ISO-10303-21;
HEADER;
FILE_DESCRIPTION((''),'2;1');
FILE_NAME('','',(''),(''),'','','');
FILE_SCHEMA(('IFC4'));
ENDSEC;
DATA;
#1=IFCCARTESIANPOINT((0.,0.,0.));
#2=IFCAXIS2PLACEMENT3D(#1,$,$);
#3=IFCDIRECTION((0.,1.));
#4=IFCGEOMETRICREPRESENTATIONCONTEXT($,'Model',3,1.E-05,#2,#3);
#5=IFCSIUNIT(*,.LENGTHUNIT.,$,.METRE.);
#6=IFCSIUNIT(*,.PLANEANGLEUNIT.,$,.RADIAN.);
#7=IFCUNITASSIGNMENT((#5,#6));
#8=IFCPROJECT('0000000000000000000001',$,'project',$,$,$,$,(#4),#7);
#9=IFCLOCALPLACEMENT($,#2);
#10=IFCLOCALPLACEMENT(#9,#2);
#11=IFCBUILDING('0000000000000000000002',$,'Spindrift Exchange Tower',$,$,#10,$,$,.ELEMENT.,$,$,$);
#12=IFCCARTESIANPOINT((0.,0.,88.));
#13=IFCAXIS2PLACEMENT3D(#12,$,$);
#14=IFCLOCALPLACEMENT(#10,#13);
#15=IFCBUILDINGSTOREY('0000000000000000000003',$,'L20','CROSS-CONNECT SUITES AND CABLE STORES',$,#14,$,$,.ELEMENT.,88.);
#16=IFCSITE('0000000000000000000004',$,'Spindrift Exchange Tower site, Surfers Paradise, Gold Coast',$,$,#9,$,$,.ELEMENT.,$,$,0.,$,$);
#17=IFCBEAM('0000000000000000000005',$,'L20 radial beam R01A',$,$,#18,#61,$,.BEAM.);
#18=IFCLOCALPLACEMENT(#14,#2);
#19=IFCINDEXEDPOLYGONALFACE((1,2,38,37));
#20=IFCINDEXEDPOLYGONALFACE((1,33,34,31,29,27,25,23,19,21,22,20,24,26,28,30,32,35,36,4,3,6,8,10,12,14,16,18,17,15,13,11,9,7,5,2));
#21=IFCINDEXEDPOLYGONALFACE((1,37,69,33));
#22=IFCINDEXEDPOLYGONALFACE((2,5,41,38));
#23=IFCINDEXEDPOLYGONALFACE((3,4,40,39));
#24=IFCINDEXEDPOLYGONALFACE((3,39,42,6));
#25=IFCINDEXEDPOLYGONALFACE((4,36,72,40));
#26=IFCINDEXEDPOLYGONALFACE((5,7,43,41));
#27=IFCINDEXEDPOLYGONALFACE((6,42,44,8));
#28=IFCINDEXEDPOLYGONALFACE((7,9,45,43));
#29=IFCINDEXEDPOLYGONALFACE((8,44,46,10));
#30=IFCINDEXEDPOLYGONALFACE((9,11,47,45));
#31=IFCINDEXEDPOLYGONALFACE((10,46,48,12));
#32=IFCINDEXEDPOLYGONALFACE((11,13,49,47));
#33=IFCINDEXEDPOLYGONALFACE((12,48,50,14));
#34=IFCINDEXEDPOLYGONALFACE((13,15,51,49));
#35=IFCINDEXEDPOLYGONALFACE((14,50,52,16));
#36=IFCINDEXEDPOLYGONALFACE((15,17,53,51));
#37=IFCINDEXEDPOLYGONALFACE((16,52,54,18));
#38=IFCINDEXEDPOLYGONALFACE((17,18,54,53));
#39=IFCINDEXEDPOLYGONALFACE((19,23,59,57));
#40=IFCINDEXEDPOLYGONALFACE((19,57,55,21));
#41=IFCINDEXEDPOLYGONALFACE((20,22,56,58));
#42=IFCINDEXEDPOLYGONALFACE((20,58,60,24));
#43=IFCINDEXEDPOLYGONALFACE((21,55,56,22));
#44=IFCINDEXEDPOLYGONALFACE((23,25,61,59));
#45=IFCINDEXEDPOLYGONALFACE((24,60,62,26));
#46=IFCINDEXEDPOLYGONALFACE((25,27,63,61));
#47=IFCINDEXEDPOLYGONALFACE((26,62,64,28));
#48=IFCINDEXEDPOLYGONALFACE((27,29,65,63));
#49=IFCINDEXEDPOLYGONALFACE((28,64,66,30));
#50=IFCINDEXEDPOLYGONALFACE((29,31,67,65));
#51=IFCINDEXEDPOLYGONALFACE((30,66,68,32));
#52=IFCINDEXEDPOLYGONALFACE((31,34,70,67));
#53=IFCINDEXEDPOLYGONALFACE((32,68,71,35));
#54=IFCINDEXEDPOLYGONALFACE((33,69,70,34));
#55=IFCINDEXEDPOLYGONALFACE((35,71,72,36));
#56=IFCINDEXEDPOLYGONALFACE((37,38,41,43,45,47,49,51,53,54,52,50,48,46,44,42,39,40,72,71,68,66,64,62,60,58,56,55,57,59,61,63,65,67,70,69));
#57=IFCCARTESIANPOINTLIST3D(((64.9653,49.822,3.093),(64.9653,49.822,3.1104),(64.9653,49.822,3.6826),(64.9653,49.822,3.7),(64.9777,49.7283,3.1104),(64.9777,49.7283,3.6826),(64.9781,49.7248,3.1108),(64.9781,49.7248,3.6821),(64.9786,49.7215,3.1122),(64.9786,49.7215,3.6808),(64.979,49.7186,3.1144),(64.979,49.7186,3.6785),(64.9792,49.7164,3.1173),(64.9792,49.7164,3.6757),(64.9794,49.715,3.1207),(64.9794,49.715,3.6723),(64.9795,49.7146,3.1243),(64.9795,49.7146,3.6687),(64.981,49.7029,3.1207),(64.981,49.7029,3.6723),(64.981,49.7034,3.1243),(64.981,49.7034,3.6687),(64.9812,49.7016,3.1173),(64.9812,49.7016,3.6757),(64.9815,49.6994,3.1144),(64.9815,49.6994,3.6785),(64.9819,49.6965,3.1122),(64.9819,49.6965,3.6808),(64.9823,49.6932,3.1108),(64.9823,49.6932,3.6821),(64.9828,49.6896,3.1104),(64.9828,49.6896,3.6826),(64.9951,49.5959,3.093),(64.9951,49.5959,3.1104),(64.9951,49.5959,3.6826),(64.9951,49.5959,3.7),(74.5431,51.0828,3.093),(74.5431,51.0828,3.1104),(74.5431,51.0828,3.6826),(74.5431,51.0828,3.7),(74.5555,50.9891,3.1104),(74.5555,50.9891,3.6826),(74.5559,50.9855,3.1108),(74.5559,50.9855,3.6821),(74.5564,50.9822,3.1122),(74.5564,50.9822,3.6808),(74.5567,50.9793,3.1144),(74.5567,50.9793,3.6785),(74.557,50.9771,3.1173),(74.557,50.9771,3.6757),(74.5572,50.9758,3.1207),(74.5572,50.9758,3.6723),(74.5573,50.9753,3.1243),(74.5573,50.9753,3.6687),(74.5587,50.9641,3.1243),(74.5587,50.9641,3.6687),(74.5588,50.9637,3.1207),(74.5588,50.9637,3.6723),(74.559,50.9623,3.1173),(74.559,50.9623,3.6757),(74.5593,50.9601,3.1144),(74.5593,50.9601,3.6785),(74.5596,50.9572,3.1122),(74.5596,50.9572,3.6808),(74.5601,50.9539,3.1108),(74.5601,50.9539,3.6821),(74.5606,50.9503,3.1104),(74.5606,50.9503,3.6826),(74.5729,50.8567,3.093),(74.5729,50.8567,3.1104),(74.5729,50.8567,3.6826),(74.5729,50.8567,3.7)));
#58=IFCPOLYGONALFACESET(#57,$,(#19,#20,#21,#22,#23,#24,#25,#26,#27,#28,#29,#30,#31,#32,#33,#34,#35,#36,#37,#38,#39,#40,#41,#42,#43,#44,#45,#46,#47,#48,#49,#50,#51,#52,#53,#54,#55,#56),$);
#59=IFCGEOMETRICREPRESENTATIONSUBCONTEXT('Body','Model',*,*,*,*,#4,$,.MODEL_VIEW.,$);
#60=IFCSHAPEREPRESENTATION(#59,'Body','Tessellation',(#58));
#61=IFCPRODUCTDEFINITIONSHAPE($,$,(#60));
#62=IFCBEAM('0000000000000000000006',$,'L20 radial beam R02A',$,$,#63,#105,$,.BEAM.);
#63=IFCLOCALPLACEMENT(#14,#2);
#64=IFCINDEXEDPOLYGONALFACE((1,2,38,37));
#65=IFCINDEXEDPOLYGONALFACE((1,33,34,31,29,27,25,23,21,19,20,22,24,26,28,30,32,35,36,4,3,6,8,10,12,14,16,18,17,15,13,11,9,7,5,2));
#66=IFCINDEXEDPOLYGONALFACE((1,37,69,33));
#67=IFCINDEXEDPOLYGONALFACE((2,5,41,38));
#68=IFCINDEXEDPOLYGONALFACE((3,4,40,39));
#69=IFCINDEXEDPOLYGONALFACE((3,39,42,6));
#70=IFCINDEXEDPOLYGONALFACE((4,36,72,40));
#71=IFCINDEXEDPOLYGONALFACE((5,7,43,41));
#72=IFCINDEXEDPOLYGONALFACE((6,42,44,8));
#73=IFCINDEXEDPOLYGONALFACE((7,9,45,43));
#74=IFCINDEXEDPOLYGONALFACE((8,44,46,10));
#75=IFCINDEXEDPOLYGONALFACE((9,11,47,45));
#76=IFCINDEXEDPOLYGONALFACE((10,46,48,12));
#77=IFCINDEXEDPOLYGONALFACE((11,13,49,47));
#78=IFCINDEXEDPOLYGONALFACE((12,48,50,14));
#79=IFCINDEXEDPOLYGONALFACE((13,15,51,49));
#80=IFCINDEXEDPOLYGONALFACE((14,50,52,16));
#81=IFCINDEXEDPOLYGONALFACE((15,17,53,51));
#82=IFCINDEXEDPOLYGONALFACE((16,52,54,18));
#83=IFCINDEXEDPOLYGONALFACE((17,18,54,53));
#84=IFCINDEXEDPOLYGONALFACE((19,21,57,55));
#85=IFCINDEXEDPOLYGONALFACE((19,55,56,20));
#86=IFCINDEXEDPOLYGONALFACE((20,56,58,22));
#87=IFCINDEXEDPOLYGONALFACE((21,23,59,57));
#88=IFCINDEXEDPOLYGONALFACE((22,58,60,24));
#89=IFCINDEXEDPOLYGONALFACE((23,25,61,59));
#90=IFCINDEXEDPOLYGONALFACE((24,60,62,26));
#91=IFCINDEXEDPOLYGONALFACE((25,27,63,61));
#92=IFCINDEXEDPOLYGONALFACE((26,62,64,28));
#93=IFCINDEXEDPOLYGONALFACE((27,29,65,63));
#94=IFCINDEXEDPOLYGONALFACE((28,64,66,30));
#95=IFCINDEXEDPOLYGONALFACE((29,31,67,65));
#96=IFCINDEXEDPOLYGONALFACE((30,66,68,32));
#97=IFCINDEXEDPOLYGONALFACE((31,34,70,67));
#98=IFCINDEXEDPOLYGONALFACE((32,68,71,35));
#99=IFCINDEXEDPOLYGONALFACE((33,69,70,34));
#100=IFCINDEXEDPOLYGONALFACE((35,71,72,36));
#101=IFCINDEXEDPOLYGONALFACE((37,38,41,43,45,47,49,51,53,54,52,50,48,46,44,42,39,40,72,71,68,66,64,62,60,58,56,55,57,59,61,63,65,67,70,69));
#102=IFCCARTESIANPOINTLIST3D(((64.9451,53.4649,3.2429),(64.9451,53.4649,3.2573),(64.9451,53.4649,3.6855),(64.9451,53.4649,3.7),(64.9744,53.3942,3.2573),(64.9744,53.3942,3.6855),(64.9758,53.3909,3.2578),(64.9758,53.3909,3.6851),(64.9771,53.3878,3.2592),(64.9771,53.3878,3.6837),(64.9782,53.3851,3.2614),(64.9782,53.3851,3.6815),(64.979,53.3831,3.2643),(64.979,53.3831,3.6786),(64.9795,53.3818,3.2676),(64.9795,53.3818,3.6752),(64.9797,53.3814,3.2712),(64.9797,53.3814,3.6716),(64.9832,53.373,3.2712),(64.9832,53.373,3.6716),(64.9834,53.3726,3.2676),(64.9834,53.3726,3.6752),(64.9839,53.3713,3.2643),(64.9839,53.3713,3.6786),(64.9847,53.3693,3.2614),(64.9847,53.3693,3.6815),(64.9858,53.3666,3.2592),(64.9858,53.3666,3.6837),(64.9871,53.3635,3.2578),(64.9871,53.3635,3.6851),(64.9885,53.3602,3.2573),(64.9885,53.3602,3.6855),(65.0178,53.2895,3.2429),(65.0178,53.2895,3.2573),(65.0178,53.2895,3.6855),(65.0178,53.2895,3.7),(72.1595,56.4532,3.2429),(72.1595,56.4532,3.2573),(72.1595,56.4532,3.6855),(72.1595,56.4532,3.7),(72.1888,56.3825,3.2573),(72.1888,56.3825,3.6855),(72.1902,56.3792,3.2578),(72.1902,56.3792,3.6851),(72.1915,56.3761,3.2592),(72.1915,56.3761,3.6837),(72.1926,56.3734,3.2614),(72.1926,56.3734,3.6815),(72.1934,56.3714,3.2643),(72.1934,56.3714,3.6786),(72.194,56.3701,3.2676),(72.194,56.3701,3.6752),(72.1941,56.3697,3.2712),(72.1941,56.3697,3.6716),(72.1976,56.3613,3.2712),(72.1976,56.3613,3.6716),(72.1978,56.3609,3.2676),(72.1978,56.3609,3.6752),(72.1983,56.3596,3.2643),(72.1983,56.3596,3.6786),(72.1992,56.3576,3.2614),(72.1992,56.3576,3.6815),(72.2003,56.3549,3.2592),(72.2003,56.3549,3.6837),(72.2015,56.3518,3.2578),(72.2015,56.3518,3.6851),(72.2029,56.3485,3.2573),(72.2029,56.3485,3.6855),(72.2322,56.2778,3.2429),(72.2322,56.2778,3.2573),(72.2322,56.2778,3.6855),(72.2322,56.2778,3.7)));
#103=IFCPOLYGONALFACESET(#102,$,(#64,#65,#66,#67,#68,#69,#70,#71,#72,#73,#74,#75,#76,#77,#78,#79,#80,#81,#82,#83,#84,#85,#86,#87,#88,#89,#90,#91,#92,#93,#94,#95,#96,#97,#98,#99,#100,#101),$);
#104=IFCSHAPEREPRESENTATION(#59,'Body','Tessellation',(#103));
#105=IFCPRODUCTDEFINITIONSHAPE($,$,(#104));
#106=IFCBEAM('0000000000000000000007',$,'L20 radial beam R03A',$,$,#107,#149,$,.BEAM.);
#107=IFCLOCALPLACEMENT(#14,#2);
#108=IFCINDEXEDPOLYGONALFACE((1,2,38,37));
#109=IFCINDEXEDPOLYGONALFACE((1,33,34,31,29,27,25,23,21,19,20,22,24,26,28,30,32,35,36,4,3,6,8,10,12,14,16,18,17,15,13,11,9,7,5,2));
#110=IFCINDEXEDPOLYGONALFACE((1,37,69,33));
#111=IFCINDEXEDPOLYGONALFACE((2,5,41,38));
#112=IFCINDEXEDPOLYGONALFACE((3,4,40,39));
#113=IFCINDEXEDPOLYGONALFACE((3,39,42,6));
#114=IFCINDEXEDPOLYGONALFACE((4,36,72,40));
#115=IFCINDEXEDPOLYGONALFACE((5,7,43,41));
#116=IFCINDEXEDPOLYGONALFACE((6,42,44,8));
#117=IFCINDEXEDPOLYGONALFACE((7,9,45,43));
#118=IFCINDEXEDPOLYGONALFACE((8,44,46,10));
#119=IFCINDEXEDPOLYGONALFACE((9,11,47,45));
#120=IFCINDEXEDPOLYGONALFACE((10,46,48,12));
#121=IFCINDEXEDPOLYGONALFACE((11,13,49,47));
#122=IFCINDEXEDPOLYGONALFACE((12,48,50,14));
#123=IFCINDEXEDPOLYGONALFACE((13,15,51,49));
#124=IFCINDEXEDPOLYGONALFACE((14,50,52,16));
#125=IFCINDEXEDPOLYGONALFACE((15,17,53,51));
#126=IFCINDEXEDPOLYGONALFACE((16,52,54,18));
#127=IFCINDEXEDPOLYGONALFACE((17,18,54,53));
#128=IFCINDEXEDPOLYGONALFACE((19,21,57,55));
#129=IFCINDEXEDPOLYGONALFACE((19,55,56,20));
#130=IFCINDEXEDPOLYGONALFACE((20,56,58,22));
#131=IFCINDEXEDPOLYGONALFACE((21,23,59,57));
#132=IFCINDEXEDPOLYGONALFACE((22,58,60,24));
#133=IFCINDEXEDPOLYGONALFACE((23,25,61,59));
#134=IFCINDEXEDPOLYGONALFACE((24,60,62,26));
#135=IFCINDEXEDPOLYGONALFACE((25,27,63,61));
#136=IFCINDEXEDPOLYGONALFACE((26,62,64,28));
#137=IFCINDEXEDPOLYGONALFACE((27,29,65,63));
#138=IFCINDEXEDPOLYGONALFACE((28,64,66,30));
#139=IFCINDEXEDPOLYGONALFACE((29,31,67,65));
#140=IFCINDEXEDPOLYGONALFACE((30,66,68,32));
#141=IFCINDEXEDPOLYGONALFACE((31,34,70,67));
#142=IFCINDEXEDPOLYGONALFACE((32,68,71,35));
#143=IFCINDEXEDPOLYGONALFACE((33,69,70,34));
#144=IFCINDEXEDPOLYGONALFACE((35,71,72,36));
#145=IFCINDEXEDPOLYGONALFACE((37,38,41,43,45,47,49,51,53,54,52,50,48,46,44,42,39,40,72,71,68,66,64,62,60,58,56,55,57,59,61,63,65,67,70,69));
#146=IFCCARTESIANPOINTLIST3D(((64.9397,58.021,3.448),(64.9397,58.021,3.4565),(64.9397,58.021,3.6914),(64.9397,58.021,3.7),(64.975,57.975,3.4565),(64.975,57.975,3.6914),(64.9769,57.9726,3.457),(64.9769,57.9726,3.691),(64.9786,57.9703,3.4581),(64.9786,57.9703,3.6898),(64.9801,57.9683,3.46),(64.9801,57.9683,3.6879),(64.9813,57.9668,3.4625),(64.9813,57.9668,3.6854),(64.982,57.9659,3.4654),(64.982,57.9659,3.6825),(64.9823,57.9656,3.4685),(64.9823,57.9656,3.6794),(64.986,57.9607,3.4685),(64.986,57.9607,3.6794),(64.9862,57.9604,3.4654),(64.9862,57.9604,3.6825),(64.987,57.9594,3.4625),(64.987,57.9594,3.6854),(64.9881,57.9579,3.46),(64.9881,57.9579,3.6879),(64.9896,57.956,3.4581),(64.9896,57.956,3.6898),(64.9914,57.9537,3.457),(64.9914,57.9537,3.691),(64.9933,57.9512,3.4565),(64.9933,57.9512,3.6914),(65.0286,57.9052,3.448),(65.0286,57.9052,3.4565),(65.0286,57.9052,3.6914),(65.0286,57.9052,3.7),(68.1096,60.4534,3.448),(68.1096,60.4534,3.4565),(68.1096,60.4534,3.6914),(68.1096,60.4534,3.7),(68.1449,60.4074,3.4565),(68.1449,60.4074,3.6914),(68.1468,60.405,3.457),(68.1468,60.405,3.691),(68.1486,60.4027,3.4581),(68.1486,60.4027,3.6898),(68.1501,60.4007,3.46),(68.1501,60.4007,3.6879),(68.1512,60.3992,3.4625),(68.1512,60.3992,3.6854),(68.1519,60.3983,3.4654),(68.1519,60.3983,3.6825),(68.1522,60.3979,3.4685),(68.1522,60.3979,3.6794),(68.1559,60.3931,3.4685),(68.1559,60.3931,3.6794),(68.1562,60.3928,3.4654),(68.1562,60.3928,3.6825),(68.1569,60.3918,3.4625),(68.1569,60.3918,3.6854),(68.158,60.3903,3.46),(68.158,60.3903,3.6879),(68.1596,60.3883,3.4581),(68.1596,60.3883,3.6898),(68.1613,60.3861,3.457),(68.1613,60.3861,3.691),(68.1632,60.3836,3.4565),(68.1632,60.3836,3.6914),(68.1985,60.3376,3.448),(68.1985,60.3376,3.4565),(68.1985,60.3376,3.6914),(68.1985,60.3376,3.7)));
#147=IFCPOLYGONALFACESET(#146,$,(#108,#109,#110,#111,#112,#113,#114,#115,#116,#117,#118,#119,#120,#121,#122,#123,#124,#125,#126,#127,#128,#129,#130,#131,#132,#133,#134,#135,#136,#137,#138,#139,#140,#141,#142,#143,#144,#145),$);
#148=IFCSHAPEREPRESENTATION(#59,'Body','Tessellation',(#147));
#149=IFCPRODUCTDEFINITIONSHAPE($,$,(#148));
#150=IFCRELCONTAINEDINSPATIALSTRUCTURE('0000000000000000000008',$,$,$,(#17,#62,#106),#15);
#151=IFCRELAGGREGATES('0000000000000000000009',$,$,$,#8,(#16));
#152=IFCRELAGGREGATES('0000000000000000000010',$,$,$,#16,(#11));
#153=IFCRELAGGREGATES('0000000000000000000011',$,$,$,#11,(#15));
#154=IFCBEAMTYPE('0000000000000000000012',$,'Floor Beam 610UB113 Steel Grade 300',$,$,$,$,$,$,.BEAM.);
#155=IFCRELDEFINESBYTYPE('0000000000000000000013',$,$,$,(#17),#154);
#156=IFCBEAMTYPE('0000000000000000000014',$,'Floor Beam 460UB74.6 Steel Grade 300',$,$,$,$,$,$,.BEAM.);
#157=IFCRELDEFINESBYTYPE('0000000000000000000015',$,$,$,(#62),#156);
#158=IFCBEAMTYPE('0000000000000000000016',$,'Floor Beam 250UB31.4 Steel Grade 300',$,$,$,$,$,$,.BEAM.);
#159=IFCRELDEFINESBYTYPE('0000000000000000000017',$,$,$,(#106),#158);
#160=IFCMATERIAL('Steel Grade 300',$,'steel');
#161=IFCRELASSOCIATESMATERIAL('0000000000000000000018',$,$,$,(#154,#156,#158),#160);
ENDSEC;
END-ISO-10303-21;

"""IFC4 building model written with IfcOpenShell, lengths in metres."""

from ifc_helpers import new_model, si_unit, direction, frame, origin, origin_2d, place, context, subcontext, project, spatial, i_section, extrude, source, transform, mapped, material, material_profile, profile_set, type_object, element, save


model = new_model("IFC4")

# Units and contexts
model_context = context("Model", 3, precision=1e-05, world=origin(), true_north=direction((0.0, 1.0)))
body_context = subcontext(model_context, "Body", "Model", "MODEL_VIEW")
ifc_project = project(units=[si_unit("LENGTHUNIT", "METRE"), si_unit("PLANEANGLEUNIT", "RADIAN")], contexts=[model_context])

# Site, building, storey
site_placement = place(None, origin())
site = spatial("IfcSite", under=ifc_project, at=site_placement, Name="Spindrift Exchange Tower site, Surfers Paradise, Gold Coast", CompositionType="ELEMENT", RefElevation=0.0)
building_placement = place(site_placement, origin())
building = spatial("IfcBuilding", under=site, at=building_placement, Name="Spindrift Exchange Tower", CompositionType="ELEMENT")
storey_placement = place(building_placement, frame((0.0, 0.0, 88.0)))
storey = spatial("IfcBuildingStorey", under=building, at=storey_placement, Name="L20", Description="CROSS-CONNECT SUITES AND CABLE STORES", CompositionType="ELEMENT", Elevation=88.0)

# Beams
ifc_material_1 = material(Name="Steel Grade 300", Category="steel")
ifc_material_profile_1 = material_profile(ifc_material_1, i_section(OverallWidth=0.228, OverallDepth=0.6069, WebThickness=0.0112, FlangeThickness=0.0173, FilletRadius=0.0139, at=origin_2d()), Name="610UB113")
ifc_profile_set_1 = profile_set([ifc_material_profile_1], Name="Steel Grade 300")
beam_type_1 = type_object("IfcBeamType", Name="Floor Beam 610UB113 Steel Grade 300", PredefinedType="BEAM", material=ifc_profile_set_1)
shared_shape_1 = source(origin(), body_context, "Body", "SweptSolid", [
    extrude(i_section(OverallWidth=0.228, OverallDepth=0.6069, WebThickness=0.0112, FlangeThickness=0.0173, FilletRadius=0.0139, at=origin_2d()), origin(), (0.0, 0.0, 1.0), 9.6604),
])
beam_1_placement = place(storey_placement, frame((64.9802, 49.709, 3.3965), z_axis=(0.991448, 0.130505, 0.0), x_axis=(-0.130505, 0.991448, 0.0)))
element("IfcBeam", 1, at=beam_1_placement, inside=storey, type_object=beam_type_1, Name="L20 radial beam R01A", PredefinedType="BEAM", context=body_context, shape_type="MappedRepresentation", body=[
    mapped(shared_shape_1, transform((0.0, 0.0, 0.0), scale=1.0)),
])
ifc_material_profile_2 = material_profile(ifc_material_1, i_section(OverallWidth=0.1899, OverallDepth=0.457, WebThickness=0.009, FlangeThickness=0.0144, FilletRadius=0.0139, at=origin_2d()), Name="460UB74.6")
ifc_profile_set_2 = profile_set([ifc_material_profile_2], Name="Steel Grade 300")
beam_type_2 = type_object("IfcBeamType", Name="Floor Beam 460UB74.6 Steel Grade 300", PredefinedType="BEAM", material=ifc_profile_set_2)
shared_shape_2 = source(origin(), body_context, "Body", "SweptSolid", [
    extrude(i_section(OverallWidth=0.1899, OverallDepth=0.457, WebThickness=0.009, FlangeThickness=0.0144, FilletRadius=0.0139, at=origin_2d()), origin(), (0.0, 0.0, 1.0), 7.8088),
])
beam_2_placement = place(storey_placement, frame((64.9814, 53.3772, 3.4714), z_axis=(0.92388, 0.382683, 0.0), x_axis=(-0.382683, 0.92388, 0.0)))
element("IfcBeam", 2, at=beam_2_placement, inside=storey, type_object=beam_type_2, Name="L20 radial beam R02A", PredefinedType="BEAM", context=body_context, shape_type="MappedRepresentation", body=[
    mapped(shared_shape_2, transform((0.0, 0.0, 0.0), scale=1.0)),
])
ifc_material_profile_3 = material_profile(ifc_material_1, i_section(OverallWidth=0.146, OverallDepth=0.252, WebThickness=0.0061, FlangeThickness=0.0085, FilletRadius=0.012, at=origin_2d()), Name="250UB31.4")
ifc_profile_set_3 = profile_set([ifc_material_profile_3], Name="Steel Grade 300")
beam_type_3 = type_object("IfcBeamType", Name="Floor Beam 250UB31.4 Steel Grade 300", PredefinedType="BEAM", material=ifc_profile_set_3)
shared_shape_3 = source(origin(), body_context, "Body", "SweptSolid", [
    extrude(i_section(OverallWidth=0.146, OverallDepth=0.252, WebThickness=0.0061, FlangeThickness=0.0085, FilletRadius=0.012, at=origin_2d()), origin(), (0.0, 0.0, 1.0), 3.9956),
])
beam_3_placement = place(storey_placement, frame((64.9841, 57.9631, 3.574), z_axis=(0.793353, 0.608762, 0.0), x_axis=(-0.608762, 0.793353, 0.0)))
element("IfcBeam", 3, at=beam_3_placement, inside=storey, type_object=beam_type_3, Name="L20 radial beam R03A", PredefinedType="BEAM", context=body_context, shape_type="MappedRepresentation", body=[
    mapped(shared_shape_3, transform((0.0, 0.0, 0.0), scale=1.0)),
])

save(model, "model.ifc")
